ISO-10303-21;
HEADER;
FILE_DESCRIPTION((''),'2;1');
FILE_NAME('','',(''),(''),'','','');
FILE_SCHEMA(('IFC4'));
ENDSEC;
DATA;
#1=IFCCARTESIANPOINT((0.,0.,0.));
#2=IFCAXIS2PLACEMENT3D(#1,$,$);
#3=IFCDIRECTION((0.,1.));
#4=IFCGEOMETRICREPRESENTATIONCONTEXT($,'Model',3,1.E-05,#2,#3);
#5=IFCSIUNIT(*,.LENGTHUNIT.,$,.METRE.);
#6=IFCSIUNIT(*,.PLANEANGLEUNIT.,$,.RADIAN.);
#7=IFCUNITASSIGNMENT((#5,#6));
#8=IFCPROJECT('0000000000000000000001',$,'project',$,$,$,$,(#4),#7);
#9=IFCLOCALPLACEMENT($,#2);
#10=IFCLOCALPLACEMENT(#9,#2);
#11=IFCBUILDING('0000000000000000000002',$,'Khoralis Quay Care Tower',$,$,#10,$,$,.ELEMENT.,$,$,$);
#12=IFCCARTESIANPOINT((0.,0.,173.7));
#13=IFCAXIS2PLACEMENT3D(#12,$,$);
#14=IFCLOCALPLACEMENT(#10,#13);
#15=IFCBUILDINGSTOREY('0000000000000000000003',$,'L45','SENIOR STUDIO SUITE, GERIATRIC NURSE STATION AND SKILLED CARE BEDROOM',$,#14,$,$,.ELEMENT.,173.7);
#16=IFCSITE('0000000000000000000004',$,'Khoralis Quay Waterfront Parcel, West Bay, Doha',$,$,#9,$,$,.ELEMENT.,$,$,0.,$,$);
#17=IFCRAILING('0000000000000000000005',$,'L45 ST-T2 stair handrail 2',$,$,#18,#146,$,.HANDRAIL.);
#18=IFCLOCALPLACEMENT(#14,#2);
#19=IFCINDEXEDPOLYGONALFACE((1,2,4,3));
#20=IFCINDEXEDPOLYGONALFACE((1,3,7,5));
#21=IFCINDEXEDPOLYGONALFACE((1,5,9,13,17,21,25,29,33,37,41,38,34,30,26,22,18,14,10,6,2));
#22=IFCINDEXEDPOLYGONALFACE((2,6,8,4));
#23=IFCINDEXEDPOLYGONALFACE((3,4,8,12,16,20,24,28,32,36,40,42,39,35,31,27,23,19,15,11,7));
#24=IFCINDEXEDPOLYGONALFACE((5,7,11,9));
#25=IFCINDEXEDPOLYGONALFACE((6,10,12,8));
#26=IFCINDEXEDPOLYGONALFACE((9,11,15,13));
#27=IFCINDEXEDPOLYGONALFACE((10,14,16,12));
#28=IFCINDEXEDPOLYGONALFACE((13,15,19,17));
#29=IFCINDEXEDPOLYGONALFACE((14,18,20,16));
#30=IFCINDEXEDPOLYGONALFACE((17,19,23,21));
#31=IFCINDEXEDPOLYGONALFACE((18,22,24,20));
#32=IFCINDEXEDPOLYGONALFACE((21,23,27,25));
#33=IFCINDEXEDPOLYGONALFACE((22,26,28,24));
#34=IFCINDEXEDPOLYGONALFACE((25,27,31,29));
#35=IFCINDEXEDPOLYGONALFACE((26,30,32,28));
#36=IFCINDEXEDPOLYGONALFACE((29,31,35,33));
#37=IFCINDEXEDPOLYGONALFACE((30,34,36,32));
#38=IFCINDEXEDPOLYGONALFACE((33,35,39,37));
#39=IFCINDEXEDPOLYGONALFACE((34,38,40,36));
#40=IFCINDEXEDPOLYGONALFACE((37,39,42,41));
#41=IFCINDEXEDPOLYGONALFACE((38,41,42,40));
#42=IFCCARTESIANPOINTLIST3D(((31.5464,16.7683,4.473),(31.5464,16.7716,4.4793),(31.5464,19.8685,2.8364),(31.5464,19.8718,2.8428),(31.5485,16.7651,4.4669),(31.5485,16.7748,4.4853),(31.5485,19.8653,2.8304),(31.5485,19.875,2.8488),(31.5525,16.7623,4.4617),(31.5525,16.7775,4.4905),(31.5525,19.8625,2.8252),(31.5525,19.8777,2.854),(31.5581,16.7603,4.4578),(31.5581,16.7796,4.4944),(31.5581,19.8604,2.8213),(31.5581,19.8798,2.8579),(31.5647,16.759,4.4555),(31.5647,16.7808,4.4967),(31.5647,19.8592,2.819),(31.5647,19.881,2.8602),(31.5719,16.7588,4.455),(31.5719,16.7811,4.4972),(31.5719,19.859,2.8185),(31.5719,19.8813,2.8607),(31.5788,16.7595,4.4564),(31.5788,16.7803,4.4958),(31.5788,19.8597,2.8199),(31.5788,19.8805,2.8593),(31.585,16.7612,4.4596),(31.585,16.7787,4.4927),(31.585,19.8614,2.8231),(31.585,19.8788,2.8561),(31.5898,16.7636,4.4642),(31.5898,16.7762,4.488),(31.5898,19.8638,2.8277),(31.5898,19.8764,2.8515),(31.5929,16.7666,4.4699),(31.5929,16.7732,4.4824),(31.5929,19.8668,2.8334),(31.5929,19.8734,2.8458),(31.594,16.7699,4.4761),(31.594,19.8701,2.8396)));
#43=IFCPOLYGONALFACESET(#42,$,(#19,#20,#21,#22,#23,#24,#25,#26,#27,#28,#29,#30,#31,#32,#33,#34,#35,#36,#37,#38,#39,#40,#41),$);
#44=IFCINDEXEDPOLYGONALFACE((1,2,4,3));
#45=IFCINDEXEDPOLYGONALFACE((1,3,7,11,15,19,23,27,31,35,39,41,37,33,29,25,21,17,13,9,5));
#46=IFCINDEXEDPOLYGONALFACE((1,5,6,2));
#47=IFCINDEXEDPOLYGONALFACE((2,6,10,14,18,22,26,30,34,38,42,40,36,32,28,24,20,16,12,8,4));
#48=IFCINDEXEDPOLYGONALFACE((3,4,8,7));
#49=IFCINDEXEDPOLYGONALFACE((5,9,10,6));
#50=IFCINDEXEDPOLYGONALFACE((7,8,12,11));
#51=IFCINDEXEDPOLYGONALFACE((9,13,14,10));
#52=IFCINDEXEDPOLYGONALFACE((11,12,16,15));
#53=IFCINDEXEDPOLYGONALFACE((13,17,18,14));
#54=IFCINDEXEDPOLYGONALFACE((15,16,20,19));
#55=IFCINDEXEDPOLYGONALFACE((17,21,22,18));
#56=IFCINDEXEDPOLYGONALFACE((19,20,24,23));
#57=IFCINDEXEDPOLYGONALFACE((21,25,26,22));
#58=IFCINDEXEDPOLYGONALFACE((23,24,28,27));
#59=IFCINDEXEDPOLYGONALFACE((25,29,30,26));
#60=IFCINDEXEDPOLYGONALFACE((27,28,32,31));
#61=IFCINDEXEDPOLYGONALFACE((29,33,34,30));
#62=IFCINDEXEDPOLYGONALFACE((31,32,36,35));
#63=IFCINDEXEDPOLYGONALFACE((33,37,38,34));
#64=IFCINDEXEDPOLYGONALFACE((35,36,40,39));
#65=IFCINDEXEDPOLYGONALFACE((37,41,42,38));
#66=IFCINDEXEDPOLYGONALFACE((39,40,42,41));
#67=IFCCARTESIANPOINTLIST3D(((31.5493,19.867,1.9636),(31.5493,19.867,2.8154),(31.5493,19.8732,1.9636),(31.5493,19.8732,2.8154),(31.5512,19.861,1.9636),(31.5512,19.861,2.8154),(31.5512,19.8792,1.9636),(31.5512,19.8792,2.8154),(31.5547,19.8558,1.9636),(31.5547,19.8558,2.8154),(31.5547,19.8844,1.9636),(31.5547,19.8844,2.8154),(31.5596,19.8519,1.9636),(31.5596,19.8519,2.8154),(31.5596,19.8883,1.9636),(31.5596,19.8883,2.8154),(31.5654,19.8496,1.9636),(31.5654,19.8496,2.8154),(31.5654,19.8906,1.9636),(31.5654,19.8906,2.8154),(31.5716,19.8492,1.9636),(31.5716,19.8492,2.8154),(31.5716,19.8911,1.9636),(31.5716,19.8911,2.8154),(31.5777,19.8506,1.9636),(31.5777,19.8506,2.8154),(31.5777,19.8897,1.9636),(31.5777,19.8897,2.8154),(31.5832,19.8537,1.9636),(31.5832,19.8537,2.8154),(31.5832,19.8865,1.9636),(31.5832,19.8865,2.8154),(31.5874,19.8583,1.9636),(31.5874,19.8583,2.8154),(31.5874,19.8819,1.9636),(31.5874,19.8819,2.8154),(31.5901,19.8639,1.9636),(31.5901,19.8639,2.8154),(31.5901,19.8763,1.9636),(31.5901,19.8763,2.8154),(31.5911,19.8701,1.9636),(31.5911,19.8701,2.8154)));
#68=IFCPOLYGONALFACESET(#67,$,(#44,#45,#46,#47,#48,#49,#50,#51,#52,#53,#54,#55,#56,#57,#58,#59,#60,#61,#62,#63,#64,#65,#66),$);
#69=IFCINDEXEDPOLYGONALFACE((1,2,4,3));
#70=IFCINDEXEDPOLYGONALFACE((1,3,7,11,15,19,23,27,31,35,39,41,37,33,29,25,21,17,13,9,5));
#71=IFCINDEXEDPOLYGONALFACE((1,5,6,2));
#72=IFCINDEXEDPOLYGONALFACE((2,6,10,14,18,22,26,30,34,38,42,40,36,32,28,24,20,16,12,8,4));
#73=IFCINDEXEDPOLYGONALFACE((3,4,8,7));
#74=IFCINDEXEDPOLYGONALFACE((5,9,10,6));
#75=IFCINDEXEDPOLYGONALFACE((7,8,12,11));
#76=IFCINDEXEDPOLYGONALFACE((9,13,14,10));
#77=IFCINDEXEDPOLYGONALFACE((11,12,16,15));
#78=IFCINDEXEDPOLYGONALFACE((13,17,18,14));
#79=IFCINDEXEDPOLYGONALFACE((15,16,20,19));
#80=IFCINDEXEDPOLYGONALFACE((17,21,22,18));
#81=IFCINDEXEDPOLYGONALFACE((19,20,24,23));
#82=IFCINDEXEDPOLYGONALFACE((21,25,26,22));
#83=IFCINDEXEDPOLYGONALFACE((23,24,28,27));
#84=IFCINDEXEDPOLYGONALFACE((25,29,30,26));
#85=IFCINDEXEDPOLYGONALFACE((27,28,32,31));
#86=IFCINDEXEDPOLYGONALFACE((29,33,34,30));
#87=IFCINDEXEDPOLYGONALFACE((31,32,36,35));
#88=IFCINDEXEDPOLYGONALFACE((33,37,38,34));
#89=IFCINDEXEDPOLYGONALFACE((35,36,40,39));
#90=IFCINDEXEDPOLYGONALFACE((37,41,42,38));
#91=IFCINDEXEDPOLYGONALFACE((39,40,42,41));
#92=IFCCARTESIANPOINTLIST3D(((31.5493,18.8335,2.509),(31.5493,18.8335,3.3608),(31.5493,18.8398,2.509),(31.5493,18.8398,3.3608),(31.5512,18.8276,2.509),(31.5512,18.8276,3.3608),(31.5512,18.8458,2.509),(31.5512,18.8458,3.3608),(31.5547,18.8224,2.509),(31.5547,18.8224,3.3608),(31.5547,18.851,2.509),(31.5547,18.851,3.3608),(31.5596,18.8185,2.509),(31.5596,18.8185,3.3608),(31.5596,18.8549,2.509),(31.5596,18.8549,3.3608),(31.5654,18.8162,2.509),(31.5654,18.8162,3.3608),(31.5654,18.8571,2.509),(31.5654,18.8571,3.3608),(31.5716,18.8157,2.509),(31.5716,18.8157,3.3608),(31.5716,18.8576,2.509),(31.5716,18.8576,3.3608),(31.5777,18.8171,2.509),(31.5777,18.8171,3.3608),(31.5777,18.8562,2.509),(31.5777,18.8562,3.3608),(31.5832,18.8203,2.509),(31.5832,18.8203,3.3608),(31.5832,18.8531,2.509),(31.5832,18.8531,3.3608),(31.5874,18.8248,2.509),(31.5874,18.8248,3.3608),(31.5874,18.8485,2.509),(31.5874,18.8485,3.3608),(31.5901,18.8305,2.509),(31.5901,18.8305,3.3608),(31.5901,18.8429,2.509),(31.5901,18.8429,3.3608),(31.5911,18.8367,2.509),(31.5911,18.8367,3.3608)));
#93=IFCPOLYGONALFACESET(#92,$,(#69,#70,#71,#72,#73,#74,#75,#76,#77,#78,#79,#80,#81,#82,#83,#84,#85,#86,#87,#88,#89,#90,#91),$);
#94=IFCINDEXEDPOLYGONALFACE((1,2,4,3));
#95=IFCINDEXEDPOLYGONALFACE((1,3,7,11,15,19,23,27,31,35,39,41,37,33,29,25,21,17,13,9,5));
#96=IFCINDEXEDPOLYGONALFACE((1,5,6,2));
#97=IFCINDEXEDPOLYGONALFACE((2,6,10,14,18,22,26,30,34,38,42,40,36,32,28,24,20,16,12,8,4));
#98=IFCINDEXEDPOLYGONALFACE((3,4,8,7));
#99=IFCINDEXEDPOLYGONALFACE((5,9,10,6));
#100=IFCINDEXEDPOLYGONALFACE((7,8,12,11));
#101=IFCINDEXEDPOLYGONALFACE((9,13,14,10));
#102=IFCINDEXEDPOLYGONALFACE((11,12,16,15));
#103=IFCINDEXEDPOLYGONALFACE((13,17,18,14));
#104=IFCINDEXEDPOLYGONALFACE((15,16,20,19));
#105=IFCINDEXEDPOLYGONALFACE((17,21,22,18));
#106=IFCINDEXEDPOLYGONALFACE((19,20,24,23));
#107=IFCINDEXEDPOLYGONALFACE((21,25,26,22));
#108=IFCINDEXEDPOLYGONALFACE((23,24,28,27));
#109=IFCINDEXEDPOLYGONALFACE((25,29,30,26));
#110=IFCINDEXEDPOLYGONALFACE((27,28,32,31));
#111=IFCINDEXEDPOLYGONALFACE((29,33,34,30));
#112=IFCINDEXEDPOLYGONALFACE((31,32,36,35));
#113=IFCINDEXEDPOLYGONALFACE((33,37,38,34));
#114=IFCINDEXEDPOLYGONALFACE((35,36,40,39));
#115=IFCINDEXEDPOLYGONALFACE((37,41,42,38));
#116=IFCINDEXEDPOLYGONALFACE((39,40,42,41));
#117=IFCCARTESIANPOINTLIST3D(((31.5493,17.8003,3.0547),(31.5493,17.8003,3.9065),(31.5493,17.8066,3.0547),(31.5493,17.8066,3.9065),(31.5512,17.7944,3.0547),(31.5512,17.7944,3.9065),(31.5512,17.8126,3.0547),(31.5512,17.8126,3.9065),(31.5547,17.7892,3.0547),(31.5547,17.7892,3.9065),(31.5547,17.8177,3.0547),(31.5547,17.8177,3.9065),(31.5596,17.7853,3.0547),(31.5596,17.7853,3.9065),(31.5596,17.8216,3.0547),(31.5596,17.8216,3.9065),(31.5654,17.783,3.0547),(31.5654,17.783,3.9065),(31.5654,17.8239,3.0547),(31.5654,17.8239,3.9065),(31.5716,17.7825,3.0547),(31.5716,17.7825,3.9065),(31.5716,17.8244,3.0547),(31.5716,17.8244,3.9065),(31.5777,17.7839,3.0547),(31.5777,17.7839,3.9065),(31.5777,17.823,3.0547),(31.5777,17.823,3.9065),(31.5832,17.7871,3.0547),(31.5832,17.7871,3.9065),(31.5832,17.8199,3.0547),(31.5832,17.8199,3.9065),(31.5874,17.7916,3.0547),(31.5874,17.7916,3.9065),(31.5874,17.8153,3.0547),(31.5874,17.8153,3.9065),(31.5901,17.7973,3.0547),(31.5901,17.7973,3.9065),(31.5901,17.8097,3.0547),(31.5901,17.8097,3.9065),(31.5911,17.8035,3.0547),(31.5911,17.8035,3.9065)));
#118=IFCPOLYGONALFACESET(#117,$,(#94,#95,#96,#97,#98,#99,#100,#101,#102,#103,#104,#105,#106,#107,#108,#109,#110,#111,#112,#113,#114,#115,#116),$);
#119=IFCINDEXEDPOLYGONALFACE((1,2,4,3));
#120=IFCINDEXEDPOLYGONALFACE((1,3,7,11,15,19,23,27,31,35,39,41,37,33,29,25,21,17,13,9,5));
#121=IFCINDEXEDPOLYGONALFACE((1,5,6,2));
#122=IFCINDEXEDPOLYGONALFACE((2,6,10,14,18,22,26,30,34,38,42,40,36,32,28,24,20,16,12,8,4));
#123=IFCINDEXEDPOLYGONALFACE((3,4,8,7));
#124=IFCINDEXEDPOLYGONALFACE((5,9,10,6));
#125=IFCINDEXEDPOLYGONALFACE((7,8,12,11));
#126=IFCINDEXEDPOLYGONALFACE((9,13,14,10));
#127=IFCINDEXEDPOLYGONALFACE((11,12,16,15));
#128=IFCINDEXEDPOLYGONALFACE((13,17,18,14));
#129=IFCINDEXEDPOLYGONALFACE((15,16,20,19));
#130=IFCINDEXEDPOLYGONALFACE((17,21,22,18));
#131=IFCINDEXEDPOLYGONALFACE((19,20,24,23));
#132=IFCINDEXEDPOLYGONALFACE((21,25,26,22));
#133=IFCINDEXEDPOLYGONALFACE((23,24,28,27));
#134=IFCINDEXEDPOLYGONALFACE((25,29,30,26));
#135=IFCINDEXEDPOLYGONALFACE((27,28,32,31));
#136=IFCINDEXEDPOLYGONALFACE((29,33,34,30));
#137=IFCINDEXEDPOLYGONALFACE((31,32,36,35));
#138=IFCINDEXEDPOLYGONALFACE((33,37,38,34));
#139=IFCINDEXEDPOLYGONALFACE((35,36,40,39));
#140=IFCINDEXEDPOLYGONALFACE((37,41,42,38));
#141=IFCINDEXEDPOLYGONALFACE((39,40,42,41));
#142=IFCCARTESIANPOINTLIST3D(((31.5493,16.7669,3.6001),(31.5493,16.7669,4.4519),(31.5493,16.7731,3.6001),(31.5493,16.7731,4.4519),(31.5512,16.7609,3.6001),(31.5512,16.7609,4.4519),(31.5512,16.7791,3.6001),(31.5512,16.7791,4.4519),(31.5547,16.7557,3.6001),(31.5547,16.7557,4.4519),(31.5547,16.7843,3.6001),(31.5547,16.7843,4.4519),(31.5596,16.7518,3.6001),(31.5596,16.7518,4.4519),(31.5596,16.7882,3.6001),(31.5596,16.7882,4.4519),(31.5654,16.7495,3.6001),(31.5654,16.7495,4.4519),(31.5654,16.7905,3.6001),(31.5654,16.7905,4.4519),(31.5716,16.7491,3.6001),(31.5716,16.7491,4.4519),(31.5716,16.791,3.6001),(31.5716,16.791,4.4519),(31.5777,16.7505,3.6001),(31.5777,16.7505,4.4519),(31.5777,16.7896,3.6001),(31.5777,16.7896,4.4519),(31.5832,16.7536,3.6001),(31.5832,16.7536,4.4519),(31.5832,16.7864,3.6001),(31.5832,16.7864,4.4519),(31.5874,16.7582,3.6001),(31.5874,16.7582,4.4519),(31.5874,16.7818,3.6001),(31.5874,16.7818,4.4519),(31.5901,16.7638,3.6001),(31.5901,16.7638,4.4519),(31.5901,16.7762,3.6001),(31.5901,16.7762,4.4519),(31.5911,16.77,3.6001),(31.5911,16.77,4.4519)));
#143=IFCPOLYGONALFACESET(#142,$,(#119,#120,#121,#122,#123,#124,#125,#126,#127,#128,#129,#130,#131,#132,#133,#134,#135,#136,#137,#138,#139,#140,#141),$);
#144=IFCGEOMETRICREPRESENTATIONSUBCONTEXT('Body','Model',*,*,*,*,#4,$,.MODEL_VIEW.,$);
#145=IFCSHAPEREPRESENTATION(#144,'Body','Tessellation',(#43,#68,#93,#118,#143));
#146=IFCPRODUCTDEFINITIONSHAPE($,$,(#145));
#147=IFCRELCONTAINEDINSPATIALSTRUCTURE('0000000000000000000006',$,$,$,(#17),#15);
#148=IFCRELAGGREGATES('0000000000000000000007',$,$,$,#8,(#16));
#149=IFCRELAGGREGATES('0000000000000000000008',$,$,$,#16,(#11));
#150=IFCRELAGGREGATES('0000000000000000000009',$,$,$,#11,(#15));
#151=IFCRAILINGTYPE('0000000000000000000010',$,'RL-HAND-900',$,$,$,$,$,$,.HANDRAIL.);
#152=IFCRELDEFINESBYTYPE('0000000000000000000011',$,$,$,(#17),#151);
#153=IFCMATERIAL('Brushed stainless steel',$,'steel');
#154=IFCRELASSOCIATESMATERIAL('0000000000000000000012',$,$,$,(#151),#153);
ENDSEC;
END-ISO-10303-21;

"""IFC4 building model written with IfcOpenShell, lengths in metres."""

from ifc_helpers import new_model, si_unit, direction, frame, origin, origin_2d, place, context, subcontext, project, spatial, circle, extrude, material, type_object, element, save


model = new_model("IFC4")

# Units and contexts
model_context = context("Model", 3, precision=1e-05, world=origin(), true_north=direction((0.0, 1.0)))
body_context = subcontext(model_context, "Body", "Model", "MODEL_VIEW")
ifc_project = project(units=[si_unit("LENGTHUNIT", "METRE"), si_unit("PLANEANGLEUNIT", "RADIAN")], contexts=[model_context])

# Site, building, storey
site_placement = place(None, origin())
site = spatial("IfcSite", under=ifc_project, at=site_placement, Name="Khoralis Quay Waterfront Parcel, West Bay, Doha", CompositionType="ELEMENT", RefElevation=0.0)
building_placement = place(site_placement, origin())
building = spatial("IfcBuilding", under=site, at=building_placement, Name="Khoralis Quay Care Tower", CompositionType="ELEMENT")
storey_placement = place(building_placement, frame((0.0, 0.0, 173.7)))
storey = spatial("IfcBuildingStorey", under=building, at=storey_placement, Name="L45", Description="SENIOR STUDIO SUITE, GERIATRIC NURSE STATION AND SKILLED CARE BEDROOM", CompositionType="ELEMENT", Elevation=173.7)

# Shared definitions
ifc_material_1 = material(Name="Brushed stainless steel", Category="steel")

# Railing
railing_type = type_object("IfcRailingType", Name="RL-HAND-900", PredefinedType="HANDRAIL", material=ifc_material_1)
railing_placement = place(storey_placement, frame((31.5701, 19.8701, 1.9636)))
element("IfcRailing", 1, at=railing_placement, inside=storey, type_object=railing_type, Name="L45 ST-T2 stair handrail 2", PredefinedType="HANDRAIL", context=body_context, shape_type="SweptSolid", body=[
    extrude(circle(Radius=0.0239, at=origin_2d()), frame((0.0, 0.0, 0.876), z_axis=(0.0, -0.884348, 0.466828), x_axis=(1.0, 0.0, 0.0)), (0.0, 0.0, 1.0), 3.5056),
    extrude(circle(Radius=0.021, at=origin_2d()), origin(), (0.0, 0.0, 1.0), 0.8518),
    extrude(circle(Radius=0.021, at=origin_2d()), frame((0.0, -1.0334, 0.5454)), (0.0, 0.0, 1.0), 0.8518),
    extrude(circle(Radius=0.021, at=origin_2d()), frame((0.0, -2.0667, 1.0911)), (0.0, 0.0, 1.0), 0.8518),
    extrude(circle(Radius=0.021, at=origin_2d()), frame((0.0, -3.1001, 1.6365)), (0.0, 0.0, 1.0), 0.8518),
])

save(model, "model.ifc")
